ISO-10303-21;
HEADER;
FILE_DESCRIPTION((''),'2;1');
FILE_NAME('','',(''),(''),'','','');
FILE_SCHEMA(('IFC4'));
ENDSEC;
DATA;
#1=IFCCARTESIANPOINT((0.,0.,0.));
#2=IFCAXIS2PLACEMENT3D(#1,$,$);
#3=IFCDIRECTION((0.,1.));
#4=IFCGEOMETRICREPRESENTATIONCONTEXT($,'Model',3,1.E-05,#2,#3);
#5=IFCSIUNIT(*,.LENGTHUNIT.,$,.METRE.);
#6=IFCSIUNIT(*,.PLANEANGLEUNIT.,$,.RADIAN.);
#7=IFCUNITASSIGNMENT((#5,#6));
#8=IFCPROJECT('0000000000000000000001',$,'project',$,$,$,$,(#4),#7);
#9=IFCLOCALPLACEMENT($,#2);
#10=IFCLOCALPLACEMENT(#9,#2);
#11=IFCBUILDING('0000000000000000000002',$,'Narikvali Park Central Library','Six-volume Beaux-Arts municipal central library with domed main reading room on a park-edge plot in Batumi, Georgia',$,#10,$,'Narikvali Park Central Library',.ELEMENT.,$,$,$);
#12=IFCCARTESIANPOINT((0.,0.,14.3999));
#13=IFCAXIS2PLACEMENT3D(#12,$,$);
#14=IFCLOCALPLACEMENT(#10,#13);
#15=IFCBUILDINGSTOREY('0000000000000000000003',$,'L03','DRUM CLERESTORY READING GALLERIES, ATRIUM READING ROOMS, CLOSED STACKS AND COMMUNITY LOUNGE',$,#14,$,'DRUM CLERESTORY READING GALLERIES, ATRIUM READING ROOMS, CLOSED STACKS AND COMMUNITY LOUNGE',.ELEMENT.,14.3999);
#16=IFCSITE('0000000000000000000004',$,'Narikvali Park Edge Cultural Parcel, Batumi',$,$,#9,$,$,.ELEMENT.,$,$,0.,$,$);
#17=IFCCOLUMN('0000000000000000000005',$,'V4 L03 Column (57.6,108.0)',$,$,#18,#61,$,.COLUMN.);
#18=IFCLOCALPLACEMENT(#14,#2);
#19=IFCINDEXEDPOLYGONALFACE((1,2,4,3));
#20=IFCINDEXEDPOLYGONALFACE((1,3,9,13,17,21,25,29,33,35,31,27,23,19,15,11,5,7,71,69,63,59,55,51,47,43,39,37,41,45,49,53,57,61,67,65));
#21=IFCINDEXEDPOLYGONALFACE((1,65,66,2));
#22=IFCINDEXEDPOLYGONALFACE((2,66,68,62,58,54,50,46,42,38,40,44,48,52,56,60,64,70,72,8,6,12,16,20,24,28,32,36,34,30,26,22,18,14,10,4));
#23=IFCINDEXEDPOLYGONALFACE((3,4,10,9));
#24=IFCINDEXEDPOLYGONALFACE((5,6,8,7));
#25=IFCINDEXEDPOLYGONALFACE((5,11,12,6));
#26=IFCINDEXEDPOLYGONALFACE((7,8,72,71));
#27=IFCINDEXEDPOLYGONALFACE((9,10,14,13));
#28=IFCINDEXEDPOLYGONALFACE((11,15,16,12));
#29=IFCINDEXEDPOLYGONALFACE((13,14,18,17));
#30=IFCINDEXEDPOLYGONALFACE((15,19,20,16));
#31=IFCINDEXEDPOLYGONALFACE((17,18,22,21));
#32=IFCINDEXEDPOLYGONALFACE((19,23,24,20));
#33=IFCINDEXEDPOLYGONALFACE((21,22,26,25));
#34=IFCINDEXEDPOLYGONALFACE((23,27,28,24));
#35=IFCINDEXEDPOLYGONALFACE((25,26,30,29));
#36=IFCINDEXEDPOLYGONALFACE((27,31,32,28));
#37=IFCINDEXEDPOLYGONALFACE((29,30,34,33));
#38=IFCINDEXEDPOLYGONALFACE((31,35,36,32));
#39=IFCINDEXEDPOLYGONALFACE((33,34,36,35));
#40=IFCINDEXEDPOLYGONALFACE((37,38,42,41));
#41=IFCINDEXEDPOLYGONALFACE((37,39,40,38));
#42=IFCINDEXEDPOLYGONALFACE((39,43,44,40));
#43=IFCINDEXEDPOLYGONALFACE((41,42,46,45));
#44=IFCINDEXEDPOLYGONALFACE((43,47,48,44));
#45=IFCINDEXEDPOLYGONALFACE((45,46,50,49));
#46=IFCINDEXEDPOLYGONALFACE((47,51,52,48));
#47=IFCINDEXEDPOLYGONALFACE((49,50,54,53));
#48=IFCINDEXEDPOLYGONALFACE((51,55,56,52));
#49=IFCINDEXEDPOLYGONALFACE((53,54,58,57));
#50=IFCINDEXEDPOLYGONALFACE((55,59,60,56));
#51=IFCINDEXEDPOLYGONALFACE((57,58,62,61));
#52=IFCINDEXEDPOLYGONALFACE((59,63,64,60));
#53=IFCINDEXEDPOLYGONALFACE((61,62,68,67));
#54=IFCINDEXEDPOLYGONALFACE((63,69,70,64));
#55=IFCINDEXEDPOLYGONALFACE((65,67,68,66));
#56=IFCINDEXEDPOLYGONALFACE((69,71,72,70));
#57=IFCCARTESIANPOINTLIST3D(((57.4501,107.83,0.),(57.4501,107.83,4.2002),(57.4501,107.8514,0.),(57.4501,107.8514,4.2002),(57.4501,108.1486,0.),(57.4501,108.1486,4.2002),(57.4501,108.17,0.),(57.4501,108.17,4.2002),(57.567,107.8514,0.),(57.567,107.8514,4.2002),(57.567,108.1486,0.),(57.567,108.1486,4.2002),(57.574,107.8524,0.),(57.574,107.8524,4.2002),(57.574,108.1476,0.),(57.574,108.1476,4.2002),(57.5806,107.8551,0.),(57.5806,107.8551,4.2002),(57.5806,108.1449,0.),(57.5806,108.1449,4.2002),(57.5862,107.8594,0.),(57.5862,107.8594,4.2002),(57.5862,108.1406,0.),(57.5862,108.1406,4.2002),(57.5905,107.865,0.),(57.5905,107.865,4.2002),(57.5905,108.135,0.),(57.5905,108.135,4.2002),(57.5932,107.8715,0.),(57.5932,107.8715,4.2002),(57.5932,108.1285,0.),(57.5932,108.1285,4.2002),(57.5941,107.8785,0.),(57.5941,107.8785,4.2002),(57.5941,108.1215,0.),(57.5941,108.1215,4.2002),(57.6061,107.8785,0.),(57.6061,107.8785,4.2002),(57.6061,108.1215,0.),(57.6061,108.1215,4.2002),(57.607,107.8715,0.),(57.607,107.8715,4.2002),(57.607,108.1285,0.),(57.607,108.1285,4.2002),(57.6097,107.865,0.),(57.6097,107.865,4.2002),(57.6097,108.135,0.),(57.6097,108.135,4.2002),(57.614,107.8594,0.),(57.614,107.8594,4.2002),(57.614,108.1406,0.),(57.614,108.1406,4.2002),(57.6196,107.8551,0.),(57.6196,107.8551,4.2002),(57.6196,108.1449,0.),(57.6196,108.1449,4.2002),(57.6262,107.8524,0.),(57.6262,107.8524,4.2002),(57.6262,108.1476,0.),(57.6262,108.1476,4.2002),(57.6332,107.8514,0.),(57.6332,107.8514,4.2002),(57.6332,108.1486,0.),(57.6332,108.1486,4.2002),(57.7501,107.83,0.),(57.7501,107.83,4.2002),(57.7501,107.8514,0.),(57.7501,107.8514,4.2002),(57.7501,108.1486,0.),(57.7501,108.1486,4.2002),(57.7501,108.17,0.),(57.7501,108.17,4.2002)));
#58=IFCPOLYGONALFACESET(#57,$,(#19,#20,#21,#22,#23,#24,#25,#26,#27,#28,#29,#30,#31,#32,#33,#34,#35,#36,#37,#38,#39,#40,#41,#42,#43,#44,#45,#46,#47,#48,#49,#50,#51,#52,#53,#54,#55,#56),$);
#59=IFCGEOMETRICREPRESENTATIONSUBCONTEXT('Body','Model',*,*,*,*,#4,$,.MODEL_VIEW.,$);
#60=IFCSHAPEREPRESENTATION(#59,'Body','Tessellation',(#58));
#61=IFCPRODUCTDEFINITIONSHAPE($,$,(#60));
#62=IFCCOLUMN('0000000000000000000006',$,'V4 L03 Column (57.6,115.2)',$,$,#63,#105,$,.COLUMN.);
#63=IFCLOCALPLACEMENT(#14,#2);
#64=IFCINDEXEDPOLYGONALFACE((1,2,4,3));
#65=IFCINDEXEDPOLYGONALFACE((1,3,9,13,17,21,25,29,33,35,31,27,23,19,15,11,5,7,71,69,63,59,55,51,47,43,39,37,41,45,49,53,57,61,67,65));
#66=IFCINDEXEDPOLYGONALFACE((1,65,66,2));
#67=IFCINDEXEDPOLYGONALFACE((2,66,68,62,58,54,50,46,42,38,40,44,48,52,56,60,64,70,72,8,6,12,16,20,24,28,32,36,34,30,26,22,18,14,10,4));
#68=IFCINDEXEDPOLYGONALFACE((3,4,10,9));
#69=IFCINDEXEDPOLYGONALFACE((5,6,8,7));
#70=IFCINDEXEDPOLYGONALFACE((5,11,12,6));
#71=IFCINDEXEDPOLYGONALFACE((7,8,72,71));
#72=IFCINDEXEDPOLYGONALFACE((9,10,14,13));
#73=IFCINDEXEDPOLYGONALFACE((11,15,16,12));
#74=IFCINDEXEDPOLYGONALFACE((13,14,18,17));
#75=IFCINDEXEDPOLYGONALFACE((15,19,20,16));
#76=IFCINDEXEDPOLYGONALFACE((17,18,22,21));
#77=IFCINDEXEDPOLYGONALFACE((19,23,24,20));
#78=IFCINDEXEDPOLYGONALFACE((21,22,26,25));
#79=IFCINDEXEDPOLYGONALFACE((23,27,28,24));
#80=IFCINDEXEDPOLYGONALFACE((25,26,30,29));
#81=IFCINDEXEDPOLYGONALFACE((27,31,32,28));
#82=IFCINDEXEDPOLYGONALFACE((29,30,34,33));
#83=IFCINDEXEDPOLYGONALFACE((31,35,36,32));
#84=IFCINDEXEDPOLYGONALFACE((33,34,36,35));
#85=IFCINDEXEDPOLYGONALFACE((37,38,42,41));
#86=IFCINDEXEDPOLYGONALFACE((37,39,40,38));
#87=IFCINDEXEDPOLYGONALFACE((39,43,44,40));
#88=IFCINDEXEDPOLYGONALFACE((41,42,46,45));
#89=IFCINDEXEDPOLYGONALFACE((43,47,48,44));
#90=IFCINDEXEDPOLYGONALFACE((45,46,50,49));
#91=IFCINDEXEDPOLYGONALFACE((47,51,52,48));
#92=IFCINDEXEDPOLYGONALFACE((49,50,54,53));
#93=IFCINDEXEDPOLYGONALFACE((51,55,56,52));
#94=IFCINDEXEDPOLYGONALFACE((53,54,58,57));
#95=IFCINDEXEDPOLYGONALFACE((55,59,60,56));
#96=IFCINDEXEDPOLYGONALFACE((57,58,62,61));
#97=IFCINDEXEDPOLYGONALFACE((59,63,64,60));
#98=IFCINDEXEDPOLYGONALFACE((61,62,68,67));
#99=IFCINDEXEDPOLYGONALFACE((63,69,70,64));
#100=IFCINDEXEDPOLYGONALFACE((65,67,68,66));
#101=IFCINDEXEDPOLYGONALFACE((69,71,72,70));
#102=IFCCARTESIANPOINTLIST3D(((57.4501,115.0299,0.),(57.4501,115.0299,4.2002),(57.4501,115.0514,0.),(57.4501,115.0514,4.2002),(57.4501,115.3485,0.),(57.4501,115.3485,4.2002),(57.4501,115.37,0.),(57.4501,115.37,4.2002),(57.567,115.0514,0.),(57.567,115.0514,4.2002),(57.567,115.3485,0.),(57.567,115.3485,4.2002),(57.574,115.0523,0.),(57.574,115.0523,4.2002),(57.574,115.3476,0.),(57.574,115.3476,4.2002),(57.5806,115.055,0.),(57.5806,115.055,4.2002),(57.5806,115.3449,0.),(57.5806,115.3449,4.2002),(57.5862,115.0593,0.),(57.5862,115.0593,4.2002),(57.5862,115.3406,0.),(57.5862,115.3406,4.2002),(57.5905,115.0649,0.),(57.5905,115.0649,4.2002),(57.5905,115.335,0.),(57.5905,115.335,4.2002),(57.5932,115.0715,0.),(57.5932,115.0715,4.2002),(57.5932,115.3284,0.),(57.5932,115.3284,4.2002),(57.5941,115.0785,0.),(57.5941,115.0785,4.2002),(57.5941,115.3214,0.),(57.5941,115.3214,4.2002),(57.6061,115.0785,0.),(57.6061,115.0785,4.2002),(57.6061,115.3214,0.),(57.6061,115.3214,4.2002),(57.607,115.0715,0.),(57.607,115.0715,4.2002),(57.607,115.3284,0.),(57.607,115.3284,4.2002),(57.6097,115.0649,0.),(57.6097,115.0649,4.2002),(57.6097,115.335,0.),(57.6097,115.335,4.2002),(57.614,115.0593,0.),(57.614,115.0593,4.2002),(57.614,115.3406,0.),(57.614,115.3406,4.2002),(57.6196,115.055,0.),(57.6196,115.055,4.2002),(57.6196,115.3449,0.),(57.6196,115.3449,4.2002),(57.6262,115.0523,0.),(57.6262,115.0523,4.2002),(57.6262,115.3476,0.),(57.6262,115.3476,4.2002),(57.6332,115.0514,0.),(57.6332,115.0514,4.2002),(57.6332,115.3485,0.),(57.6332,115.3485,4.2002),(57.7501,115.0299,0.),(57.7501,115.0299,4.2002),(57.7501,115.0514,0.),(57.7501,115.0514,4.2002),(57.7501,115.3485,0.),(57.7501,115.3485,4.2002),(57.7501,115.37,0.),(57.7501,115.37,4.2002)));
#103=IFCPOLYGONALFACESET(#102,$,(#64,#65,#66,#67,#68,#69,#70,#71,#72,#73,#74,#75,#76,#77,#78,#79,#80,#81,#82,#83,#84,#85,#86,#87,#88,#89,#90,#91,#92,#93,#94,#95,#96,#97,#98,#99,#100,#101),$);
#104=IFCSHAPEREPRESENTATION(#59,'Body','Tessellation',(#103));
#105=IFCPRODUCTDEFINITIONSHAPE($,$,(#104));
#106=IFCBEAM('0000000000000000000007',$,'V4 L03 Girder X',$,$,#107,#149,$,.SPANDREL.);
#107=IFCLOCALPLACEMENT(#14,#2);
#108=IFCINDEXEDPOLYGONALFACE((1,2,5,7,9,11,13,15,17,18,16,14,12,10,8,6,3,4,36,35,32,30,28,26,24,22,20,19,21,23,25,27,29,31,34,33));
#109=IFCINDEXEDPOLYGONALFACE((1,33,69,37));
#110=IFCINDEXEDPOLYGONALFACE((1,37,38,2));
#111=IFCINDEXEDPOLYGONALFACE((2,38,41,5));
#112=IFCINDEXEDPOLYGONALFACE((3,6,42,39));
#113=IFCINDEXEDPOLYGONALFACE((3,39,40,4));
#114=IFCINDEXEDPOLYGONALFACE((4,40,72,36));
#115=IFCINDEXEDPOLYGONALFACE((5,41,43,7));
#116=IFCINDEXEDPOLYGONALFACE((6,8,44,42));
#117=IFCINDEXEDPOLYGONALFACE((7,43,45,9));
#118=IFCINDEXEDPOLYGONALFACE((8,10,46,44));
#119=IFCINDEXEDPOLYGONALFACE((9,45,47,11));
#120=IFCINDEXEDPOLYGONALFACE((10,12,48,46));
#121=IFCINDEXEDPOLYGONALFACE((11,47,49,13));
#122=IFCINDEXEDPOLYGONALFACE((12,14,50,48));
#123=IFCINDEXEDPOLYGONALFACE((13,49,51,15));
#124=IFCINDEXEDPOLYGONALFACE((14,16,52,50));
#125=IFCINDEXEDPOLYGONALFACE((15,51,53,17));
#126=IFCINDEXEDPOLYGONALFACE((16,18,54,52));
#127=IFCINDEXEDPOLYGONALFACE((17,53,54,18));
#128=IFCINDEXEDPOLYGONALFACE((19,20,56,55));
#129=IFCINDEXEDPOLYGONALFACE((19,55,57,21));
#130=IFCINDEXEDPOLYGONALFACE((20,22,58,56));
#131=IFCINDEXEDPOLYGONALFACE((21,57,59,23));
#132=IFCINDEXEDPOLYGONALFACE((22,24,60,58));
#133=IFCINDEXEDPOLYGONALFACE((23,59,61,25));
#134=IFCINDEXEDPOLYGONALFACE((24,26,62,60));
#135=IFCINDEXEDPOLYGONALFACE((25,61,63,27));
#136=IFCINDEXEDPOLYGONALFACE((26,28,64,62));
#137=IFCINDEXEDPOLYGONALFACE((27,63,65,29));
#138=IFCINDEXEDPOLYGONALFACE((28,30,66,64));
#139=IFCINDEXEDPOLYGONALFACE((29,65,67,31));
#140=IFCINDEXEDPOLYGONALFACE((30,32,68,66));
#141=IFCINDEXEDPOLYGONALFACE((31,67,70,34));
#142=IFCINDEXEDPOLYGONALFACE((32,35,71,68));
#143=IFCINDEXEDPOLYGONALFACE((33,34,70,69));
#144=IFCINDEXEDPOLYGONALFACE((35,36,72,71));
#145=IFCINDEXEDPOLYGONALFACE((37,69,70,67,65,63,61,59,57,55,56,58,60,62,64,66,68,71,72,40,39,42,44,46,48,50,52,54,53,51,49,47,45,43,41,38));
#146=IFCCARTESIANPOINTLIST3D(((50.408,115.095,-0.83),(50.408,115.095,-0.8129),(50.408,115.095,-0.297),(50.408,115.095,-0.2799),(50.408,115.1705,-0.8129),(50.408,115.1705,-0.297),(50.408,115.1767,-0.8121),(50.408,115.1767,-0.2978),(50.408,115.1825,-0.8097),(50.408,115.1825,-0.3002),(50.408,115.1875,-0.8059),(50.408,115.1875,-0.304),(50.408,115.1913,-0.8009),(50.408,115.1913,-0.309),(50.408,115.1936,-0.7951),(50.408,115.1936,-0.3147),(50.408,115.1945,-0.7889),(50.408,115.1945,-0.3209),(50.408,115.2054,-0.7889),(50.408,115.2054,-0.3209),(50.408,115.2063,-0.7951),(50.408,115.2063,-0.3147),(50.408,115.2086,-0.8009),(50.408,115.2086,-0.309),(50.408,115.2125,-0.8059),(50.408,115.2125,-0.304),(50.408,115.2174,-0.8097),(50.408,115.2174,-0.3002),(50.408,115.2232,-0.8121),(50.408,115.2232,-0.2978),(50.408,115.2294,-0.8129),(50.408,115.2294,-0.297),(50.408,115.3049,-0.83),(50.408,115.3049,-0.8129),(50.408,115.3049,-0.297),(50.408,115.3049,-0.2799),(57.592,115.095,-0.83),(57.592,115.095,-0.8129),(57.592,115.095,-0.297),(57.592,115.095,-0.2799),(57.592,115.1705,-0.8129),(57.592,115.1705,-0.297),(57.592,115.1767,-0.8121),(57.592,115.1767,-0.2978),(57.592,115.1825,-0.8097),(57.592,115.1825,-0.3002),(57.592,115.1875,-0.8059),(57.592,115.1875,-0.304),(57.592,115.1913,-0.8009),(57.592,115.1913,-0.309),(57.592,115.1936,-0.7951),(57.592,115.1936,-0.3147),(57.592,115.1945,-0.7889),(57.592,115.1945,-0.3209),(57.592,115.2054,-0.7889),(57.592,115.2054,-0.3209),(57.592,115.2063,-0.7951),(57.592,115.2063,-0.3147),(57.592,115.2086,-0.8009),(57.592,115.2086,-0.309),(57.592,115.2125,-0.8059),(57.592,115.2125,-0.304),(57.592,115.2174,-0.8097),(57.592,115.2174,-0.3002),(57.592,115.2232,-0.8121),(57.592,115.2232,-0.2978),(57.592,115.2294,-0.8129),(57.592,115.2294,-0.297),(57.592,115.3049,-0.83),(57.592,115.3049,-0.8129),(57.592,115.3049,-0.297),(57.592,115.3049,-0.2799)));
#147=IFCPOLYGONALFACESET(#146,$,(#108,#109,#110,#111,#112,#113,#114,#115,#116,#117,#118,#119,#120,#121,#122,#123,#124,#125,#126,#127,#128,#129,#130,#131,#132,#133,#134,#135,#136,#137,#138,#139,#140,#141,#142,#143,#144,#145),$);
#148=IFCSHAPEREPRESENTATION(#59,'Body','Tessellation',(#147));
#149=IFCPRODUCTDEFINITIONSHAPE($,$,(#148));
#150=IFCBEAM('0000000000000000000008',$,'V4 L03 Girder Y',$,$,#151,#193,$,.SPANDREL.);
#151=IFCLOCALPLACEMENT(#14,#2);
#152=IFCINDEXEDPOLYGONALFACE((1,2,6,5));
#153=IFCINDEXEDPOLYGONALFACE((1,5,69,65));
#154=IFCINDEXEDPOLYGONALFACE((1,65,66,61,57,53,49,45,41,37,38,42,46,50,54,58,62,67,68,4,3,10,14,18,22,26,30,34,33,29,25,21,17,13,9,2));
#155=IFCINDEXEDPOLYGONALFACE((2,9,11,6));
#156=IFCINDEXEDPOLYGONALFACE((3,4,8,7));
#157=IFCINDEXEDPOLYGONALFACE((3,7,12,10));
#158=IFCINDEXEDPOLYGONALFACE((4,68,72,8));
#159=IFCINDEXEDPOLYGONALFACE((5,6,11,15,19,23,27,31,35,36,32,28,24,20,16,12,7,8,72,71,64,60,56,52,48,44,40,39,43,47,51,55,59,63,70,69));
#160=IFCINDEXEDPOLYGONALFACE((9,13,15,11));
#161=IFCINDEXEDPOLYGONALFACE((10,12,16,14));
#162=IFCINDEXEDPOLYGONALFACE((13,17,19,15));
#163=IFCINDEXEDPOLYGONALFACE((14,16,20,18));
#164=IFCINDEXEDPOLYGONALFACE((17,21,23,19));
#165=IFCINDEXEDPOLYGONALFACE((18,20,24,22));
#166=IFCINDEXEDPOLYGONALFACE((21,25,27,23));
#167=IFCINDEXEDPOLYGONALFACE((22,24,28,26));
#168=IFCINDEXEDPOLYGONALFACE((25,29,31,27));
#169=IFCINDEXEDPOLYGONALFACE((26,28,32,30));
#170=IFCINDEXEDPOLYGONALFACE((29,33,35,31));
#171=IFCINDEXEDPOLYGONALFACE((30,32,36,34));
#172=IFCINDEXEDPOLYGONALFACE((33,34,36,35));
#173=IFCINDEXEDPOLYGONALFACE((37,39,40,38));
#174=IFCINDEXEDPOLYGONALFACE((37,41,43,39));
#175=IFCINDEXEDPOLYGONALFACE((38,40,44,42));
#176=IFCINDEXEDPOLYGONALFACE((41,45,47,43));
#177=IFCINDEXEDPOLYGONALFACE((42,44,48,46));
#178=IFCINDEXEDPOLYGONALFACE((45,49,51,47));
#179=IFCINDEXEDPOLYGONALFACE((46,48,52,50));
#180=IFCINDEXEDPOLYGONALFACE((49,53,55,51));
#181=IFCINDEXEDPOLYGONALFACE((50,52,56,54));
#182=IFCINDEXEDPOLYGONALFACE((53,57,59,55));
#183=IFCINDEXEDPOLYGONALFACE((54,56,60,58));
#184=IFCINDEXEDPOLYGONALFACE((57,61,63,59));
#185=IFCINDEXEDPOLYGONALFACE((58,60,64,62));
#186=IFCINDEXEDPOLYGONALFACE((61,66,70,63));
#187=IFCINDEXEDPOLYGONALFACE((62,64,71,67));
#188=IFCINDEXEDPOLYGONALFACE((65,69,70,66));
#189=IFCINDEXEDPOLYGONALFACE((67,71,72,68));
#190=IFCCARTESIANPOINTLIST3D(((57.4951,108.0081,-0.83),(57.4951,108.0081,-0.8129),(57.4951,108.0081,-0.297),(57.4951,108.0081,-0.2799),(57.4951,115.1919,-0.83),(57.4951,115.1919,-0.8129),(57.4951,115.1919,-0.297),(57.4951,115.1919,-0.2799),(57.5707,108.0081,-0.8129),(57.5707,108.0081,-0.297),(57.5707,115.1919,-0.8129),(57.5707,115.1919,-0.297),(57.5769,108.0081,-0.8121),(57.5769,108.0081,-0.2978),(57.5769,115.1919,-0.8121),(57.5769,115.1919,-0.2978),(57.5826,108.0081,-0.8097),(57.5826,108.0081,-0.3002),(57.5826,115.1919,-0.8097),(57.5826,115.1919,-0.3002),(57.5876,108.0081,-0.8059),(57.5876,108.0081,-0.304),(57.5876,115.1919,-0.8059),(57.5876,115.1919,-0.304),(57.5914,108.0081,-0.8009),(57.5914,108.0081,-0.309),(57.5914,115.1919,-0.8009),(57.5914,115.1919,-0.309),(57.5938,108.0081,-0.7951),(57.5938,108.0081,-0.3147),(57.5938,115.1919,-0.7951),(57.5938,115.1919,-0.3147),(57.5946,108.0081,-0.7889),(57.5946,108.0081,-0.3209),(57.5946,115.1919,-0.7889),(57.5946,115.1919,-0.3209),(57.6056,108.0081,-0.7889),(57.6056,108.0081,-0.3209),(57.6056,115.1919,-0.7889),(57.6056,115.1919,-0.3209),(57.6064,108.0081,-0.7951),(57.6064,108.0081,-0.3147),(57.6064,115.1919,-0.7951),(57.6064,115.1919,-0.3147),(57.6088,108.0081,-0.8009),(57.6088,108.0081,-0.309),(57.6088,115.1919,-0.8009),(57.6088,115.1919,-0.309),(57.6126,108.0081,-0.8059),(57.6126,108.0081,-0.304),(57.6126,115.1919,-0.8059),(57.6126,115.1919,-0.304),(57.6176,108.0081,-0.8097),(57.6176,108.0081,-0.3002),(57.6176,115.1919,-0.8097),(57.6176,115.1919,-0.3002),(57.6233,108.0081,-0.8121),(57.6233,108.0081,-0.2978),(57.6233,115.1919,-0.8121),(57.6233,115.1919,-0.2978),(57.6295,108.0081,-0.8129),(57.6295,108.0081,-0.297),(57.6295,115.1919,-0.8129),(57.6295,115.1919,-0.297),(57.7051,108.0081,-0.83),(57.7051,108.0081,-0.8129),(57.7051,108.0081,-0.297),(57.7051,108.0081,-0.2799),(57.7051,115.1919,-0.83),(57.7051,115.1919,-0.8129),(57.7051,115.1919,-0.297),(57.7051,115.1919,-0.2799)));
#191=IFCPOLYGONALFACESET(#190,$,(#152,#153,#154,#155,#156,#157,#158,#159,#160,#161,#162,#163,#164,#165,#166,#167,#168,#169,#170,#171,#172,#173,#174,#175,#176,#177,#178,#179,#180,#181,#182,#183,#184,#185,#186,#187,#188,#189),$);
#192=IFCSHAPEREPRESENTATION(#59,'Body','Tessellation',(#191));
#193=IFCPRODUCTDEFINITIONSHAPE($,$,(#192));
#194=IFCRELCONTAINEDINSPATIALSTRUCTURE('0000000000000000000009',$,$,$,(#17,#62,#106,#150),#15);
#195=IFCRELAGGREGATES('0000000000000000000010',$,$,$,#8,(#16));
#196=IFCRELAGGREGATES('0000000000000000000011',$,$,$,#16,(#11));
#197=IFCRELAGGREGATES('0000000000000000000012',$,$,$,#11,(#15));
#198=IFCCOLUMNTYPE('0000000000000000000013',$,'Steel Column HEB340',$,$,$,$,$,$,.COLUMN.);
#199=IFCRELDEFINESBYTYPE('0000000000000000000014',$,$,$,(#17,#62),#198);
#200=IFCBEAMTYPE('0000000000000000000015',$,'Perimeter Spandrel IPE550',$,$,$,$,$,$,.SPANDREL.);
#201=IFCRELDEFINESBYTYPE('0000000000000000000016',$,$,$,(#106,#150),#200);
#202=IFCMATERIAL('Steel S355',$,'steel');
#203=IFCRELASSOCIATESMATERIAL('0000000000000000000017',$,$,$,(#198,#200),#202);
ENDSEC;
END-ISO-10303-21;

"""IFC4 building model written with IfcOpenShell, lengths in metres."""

from ifc_helpers import new_model, si_unit, direction, frame, origin, origin_2d, place, context, subcontext, project, spatial, i_section, extrude, material, material_profile, profile_set, type_object, element, save


model = new_model("IFC4")

# Units and contexts
model_context = context("Model", 3, precision=1e-05, world=origin(), true_north=direction((0.0, 1.0)))
body_context = subcontext(model_context, "Body", "Model", "MODEL_VIEW")
ifc_project = project(units=[si_unit("LENGTHUNIT", "METRE"), si_unit("PLANEANGLEUNIT", "RADIAN")], contexts=[model_context])

# Site, building, storey
site_placement = place(None, origin())
site = spatial("IfcSite", under=ifc_project, at=site_placement, Name="Narikvali Park Edge Cultural Parcel, Batumi", CompositionType="ELEMENT", RefElevation=0.0)
building_placement = place(site_placement, origin())
building = spatial("IfcBuilding", under=site, at=building_placement, Name="Narikvali Park Central Library", Description="Six-volume Beaux-Arts municipal central library with domed main reading room on a park-edge plot in Batumi, Georgia", LongName="Narikvali Park Central Library", CompositionType="ELEMENT")
storey_placement = place(building_placement, frame((0.0, 0.0, 14.3999)))
storey = spatial("IfcBuildingStorey", under=building, at=storey_placement, Name="L03", Description="DRUM CLERESTORY READING GALLERIES, ATRIUM READING ROOMS, CLOSED STACKS AND COMMUNITY LOUNGE", LongName="DRUM CLERESTORY READING GALLERIES, ATRIUM READING ROOMS, CLOSED STACKS AND COMMUNITY LOUNGE", CompositionType="ELEMENT", Elevation=14.3999)

# Columns
ifc_material_1 = material(Name="Steel S355", Category="steel")
ifc_material_profile_1 = material_profile(ifc_material_1, i_section(OverallWidth=0.3, OverallDepth=0.3401, WebThickness=0.012, FlangeThickness=0.0215, FilletRadius=0.0271, at=origin_2d()), Name="HEB 340")
ifc_profile_set_1 = profile_set([ifc_material_profile_1], Name="Steel S355")
column_type = type_object("IfcColumnType", Name="Steel Column HEB340", PredefinedType="COLUMN", material=ifc_profile_set_1)
for number, where, z_axis, x_axis, name in (
    (1, (57.6001, 108.0, 0.0), (0.0, 0.0, 1.0), (1.0, 0.0, 0.0), "V4 L03 Column (57.6,108.0)"),
    (2, (57.6001, 115.2, 0.0), (0.0, 0.0, 1.0), (1.0, 0.0, 0.0), "V4 L03 Column (57.6,115.2)"),
):
    element("IfcColumn", number, at=place(storey_placement, frame(where, z_axis=z_axis, x_axis=x_axis)), inside=storey, type_object=column_type, Name=name, PredefinedType="COLUMN", context=body_context, shape_type="SweptSolid", body=[
        extrude(i_section(OverallWidth=0.3, OverallDepth=0.3401, WebThickness=0.012, FlangeThickness=0.0215, FilletRadius=0.0271, at=origin_2d()), origin(), (0.0, 0.0, 1.0), 4.2002),
    ])

# Beams
ifc_material_profile_2 = material_profile(ifc_material_1, i_section(OverallWidth=0.21, OverallDepth=0.55, WebThickness=0.011, FlangeThickness=0.0171, FilletRadius=0.0239, at=origin_2d()), Name="IPE 550")
ifc_profile_set_2 = profile_set([ifc_material_profile_2], Name="Steel S355")
beam_type_1 = type_object("IfcBeamType", Name="Perimeter Spandrel IPE550", PredefinedType="SPANDREL", material=ifc_profile_set_2)
beam_1_placement = place(storey_placement, frame((50.408, 115.2, -0.5549), z_axis=(1.0, 0.0, 0.0), x_axis=(0.0, 1.0, 0.0)))
element("IfcBeam", 3, at=beam_1_placement, inside=storey, type_object=beam_type_1, Name="V4 L03 Girder X", PredefinedType="SPANDREL", context=body_context, shape_type="SweptSolid", body=[
    extrude(i_section(OverallWidth=0.21, OverallDepth=0.55, WebThickness=0.011, FlangeThickness=0.0171, FilletRadius=0.0239, at=origin_2d()), origin(), (0.0, 0.0, 1.0), 7.1841),
])
beam_2_placement = place(storey_placement, frame((57.6001, 108.0081, -0.5549), z_axis=(0.0, 1.0, 0.0), x_axis=(-1.0, 0.0, 0.0)))
element("IfcBeam", 4, at=beam_2_placement, inside=storey, type_object=beam_type_1, Name="V4 L03 Girder Y", PredefinedType="SPANDREL", context=body_context, shape_type="SweptSolid", body=[
    extrude(i_section(OverallWidth=0.21, OverallDepth=0.55, WebThickness=0.011, FlangeThickness=0.0171, FilletRadius=0.0239, at=origin_2d()), origin(), (0.0, 0.0, 1.0), 7.1838),
])

save(model, "model.ifc")
